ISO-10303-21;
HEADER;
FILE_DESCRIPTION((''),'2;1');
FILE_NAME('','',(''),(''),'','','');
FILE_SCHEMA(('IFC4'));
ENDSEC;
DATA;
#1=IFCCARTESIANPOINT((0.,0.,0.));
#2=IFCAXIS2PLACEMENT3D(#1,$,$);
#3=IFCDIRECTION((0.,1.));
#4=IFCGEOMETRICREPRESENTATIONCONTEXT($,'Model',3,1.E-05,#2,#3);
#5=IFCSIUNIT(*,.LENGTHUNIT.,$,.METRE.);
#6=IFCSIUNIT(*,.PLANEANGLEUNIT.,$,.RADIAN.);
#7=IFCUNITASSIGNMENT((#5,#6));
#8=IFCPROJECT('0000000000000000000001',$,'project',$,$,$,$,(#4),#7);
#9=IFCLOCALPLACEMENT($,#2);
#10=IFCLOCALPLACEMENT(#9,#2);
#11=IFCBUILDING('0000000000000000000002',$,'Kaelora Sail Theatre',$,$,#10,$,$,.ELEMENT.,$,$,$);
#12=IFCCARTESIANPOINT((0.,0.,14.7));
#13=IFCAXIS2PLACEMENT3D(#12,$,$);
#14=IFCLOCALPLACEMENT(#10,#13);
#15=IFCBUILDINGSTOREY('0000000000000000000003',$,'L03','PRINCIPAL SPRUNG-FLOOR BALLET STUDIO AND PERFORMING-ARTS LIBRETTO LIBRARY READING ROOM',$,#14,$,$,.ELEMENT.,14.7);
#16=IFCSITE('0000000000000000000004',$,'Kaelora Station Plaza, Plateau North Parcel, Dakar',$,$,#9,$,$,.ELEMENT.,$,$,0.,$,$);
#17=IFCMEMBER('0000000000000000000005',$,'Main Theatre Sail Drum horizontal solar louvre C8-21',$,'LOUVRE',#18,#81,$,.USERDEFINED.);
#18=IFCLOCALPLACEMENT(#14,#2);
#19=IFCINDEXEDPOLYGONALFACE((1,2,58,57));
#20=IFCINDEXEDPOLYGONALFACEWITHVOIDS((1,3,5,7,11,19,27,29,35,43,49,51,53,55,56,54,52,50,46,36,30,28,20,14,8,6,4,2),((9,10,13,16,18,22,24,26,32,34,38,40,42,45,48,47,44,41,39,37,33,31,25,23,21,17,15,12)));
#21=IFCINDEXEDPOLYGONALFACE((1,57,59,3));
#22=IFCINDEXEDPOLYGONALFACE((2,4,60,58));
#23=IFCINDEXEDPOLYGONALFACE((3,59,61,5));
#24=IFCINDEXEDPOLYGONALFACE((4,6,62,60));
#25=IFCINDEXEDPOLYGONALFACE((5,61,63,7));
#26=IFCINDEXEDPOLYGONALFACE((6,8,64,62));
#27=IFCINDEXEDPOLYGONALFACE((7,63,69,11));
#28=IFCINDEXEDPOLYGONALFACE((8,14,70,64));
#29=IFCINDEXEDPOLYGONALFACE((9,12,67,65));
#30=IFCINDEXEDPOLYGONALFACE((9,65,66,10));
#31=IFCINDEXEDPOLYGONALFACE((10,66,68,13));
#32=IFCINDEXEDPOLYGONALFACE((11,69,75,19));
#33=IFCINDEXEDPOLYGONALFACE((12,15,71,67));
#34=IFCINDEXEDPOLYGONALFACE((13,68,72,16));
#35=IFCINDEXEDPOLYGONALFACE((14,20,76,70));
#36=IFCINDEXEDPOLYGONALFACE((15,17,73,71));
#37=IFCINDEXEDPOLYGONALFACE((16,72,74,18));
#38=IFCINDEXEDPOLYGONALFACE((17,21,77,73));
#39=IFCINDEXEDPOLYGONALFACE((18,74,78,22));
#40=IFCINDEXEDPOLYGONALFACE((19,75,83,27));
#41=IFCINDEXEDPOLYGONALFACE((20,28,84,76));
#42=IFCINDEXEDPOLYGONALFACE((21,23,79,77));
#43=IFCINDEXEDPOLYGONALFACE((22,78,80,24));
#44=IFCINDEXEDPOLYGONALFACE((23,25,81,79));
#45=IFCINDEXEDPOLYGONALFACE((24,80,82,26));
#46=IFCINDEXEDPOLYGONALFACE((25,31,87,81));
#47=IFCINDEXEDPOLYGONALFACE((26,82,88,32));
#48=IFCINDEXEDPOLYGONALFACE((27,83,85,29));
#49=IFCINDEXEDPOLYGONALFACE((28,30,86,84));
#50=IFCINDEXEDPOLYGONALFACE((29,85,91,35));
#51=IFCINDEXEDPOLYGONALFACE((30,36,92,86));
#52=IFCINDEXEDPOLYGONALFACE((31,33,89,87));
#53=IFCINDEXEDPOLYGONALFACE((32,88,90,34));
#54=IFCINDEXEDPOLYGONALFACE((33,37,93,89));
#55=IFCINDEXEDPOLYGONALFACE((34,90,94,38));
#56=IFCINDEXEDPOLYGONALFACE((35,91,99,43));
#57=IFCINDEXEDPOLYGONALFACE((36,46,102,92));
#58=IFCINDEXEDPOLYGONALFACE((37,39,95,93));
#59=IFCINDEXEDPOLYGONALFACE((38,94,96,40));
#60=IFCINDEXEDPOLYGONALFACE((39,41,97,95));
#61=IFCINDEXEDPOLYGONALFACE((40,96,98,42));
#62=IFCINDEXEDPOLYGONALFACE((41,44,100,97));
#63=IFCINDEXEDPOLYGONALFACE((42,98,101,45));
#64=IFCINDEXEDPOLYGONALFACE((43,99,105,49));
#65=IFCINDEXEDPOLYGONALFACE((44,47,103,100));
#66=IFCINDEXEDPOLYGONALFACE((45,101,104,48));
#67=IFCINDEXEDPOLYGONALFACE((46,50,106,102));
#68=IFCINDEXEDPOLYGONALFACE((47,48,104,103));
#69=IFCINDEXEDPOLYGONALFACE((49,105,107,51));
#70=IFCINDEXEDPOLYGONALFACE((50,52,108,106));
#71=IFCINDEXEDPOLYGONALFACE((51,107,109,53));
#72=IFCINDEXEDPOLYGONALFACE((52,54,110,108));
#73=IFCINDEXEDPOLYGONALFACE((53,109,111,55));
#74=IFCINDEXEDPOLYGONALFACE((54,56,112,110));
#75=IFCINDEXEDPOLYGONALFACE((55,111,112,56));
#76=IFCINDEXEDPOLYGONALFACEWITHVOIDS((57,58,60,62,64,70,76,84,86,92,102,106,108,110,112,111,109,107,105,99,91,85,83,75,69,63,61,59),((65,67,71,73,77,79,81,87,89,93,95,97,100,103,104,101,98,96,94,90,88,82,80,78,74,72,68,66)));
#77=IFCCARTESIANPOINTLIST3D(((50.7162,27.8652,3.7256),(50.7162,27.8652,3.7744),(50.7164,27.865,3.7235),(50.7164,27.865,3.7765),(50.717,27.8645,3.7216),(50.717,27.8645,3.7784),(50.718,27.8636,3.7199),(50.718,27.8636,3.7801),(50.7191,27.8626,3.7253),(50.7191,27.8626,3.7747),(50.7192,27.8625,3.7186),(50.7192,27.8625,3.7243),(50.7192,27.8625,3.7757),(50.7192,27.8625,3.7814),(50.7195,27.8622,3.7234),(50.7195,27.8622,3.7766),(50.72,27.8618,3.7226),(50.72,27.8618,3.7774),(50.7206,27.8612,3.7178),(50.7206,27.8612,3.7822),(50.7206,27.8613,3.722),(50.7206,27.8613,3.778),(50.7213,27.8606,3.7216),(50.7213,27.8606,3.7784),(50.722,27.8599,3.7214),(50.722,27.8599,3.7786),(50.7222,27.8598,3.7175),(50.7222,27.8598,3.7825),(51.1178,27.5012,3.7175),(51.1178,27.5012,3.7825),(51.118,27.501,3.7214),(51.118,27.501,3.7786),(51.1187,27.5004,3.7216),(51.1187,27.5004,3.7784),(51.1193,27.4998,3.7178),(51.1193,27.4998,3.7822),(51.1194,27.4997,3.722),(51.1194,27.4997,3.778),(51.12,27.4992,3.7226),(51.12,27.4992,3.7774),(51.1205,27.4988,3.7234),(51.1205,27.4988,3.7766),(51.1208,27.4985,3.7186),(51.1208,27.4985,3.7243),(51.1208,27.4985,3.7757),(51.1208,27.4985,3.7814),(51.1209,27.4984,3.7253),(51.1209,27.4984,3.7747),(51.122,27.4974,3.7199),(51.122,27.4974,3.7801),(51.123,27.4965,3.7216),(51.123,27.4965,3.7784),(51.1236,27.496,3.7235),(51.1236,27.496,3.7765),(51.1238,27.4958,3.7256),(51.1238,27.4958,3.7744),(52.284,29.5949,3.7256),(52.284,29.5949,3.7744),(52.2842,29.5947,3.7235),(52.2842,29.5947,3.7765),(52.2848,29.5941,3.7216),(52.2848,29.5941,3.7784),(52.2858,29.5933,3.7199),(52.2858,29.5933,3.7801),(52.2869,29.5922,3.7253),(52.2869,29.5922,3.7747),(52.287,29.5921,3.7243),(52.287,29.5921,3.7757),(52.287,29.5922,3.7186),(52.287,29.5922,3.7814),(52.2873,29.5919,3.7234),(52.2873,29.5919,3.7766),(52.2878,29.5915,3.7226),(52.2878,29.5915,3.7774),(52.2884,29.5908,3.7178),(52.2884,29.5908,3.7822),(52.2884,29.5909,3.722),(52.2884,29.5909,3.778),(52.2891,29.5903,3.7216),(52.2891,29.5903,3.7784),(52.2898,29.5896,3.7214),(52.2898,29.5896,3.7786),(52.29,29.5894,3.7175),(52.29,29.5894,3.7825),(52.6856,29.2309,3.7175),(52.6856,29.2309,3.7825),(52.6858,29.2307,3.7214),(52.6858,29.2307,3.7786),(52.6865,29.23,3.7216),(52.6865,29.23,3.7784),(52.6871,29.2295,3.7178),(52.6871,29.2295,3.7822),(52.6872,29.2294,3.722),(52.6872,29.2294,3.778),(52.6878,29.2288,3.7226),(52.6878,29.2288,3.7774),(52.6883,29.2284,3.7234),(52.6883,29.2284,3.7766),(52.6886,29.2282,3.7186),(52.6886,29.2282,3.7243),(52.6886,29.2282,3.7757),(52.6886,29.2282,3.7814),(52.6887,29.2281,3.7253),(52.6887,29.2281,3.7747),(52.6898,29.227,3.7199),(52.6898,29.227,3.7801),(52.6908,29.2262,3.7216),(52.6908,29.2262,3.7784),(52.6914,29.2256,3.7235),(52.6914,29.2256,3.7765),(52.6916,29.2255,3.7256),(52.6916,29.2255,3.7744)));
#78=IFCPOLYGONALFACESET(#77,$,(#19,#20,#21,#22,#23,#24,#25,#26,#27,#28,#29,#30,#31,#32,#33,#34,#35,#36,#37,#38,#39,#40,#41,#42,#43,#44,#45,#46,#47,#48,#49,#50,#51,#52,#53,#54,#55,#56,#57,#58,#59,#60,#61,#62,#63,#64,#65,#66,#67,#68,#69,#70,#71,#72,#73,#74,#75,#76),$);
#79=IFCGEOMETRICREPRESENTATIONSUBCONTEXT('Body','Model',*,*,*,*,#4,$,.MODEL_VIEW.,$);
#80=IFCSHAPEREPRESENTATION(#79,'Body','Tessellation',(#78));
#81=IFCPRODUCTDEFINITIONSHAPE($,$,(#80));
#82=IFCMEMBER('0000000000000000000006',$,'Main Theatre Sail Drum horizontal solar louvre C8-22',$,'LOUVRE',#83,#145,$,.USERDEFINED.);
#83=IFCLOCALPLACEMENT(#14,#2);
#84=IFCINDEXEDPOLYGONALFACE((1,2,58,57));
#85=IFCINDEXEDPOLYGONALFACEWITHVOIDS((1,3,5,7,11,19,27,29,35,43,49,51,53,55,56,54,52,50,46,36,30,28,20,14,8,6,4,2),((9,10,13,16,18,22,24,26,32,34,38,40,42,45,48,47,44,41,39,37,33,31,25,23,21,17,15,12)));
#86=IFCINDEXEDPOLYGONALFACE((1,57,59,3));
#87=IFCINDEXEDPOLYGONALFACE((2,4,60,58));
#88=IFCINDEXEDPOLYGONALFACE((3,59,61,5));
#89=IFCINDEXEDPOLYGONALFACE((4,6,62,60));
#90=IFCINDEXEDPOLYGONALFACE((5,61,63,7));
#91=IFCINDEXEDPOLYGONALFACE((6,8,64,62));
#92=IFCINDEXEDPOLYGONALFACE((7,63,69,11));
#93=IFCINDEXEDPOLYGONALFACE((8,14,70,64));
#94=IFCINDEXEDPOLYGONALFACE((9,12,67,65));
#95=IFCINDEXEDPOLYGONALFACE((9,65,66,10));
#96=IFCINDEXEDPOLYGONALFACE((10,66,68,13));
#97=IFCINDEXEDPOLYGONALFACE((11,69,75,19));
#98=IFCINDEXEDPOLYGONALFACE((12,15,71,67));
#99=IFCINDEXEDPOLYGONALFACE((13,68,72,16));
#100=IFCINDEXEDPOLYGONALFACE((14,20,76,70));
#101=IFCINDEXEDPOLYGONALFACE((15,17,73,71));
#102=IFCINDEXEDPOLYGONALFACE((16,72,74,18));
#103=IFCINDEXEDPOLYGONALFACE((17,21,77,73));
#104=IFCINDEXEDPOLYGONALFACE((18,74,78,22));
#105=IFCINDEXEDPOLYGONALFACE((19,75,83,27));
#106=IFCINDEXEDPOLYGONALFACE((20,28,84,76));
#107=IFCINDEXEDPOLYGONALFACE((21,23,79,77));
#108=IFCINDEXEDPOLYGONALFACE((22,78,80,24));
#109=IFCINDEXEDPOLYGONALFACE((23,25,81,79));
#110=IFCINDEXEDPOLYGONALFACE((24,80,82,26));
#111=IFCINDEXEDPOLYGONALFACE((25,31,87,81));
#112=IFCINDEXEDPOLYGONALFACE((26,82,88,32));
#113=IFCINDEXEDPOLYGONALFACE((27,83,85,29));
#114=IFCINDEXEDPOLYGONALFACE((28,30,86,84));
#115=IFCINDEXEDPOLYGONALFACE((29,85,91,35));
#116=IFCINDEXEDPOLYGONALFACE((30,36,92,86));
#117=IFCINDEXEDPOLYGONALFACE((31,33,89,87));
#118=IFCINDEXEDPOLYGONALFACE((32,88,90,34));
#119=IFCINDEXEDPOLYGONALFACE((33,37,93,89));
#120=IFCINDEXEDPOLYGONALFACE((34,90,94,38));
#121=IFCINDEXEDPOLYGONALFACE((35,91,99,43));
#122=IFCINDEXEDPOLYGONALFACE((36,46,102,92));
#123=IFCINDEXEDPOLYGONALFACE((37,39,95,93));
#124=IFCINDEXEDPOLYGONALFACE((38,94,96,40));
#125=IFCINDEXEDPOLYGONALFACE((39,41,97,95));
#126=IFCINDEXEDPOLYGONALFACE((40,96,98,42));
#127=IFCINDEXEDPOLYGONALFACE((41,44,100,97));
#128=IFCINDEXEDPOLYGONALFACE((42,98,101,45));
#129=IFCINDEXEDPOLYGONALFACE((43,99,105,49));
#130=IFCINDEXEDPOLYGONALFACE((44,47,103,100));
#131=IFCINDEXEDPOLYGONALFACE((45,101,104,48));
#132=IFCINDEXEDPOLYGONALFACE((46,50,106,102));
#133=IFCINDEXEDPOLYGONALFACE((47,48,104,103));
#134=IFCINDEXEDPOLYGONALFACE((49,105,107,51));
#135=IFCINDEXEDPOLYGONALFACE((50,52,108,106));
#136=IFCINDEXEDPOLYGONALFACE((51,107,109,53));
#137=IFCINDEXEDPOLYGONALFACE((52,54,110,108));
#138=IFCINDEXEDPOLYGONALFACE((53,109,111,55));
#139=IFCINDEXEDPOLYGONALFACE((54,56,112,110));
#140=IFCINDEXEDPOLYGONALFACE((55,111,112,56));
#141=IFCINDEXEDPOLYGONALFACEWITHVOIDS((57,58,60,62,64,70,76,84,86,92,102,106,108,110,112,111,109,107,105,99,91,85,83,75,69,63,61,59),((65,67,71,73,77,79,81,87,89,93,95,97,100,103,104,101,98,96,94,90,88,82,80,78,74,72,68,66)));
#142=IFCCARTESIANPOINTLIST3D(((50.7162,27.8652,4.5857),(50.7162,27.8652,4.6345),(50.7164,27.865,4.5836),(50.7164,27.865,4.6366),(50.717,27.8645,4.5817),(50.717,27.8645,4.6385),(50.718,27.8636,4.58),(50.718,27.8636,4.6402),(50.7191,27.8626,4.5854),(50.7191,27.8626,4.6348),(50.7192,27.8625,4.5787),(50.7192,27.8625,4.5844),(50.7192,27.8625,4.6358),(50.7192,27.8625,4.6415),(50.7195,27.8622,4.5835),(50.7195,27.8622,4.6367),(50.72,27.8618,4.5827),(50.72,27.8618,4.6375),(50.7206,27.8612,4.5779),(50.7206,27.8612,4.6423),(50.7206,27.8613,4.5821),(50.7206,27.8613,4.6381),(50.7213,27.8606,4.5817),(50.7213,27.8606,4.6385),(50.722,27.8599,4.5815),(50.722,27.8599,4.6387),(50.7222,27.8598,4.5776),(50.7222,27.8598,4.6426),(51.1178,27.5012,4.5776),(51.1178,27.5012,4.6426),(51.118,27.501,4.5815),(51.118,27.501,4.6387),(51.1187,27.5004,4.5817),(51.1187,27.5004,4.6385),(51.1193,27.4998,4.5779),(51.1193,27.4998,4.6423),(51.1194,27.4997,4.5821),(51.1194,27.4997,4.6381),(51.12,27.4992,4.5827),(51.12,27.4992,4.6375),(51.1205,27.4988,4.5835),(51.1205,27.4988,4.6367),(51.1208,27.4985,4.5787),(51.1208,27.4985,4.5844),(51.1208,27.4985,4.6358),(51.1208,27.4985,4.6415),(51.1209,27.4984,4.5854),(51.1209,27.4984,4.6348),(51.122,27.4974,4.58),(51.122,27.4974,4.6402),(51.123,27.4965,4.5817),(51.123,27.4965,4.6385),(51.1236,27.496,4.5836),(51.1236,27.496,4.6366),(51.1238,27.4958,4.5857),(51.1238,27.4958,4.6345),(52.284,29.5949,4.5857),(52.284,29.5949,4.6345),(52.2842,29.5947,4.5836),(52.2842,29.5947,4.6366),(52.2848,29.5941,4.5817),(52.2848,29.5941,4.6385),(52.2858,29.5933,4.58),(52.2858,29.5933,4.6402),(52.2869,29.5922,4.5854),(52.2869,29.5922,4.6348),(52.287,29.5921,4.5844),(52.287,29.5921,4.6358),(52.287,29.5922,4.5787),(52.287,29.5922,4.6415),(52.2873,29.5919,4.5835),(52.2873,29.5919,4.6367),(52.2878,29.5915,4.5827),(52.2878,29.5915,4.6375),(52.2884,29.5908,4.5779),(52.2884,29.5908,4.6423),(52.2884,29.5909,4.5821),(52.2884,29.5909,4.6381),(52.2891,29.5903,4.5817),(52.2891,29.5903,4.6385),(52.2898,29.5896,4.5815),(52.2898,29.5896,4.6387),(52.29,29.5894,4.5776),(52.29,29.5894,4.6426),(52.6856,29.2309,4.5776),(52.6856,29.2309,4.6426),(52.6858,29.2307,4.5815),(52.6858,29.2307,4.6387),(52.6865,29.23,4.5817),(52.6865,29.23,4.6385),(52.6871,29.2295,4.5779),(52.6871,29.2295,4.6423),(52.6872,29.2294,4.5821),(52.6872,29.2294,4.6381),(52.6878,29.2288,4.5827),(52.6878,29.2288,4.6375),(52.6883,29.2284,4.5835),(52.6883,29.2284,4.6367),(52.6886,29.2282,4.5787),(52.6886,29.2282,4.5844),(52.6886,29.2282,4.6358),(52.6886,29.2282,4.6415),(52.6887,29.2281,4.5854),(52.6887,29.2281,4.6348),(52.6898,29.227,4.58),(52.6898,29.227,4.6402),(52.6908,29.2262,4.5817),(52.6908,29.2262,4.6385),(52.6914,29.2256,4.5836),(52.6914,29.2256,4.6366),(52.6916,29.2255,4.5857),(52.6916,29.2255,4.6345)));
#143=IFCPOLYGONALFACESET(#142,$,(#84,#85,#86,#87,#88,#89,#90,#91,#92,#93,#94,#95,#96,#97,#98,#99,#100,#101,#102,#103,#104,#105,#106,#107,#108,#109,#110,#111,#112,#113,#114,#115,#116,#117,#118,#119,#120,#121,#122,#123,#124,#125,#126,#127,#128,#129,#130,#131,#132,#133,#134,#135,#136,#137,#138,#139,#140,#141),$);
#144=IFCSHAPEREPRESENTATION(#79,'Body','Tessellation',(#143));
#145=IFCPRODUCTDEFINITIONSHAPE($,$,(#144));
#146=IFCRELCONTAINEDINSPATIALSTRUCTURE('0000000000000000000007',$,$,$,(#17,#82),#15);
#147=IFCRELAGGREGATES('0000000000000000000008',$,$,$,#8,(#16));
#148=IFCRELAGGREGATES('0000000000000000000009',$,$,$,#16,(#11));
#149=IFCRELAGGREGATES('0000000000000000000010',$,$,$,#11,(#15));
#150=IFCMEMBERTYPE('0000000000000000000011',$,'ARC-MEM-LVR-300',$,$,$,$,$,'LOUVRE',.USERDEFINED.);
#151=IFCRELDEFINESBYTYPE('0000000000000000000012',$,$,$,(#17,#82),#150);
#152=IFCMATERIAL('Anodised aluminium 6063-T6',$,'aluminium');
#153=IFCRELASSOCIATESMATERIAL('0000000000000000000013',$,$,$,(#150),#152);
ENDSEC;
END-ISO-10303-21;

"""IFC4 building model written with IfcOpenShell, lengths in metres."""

from ifc_helpers import new_model, si_unit, direction, frame, origin, origin_2d, place, context, subcontext, project, spatial, hollow_rectangle, extrude, material, material_profile, profile_set, type_object, element, save


model = new_model("IFC4")

# Units and contexts
model_context = context("Model", 3, precision=1e-05, world=origin(), true_north=direction((0.0, 1.0)))
body_context = subcontext(model_context, "Body", "Model", "MODEL_VIEW")
ifc_project = project(units=[si_unit("LENGTHUNIT", "METRE"), si_unit("PLANEANGLEUNIT", "RADIAN")], contexts=[model_context])

# Site, building, storey
site_placement = place(None, origin())
site = spatial("IfcSite", under=ifc_project, at=site_placement, Name="Kaelora Station Plaza, Plateau North Parcel, Dakar", CompositionType="ELEMENT", RefElevation=0.0)
building_placement = place(site_placement, origin())
building = spatial("IfcBuilding", under=site, at=building_placement, Name="Kaelora Sail Theatre", CompositionType="ELEMENT")
storey_placement = place(building_placement, frame((0.0, 0.0, 14.7)))
storey = spatial("IfcBuildingStorey", under=building, at=storey_placement, Name="L03", Description="PRINCIPAL SPRUNG-FLOOR BALLET STUDIO AND PERFORMING-ARTS LIBRETTO LIBRARY READING ROOM", CompositionType="ELEMENT", Elevation=14.7)

# Members
ifc_material_1 = material(Name="Anodised aluminium 6063-T6", Category="aluminium")
ifc_material_profile_1 = material_profile(ifc_material_1, hollow_rectangle(XDim=0.55, YDim=0.0649, WallThickness=0.0039, InnerFilletRadius=0.0039, OuterFilletRadius=0.0081, at=origin_2d()), Name="LOUVRE 550x65x4")
ifc_profile_set_1 = profile_set([ifc_material_profile_1], Name="Anodised aluminium 6063-T6")
member_type = type_object("IfcMemberType", Name="ARC-MEM-LVR-300", ElementType="LOUVRE", PredefinedType="USERDEFINED", material=ifc_profile_set_1)
for number, where, z_axis, x_axis, name in (
    (1, (52.4878, 29.4102, 3.75), (-0.671589, -0.740924, 0.0), (0.740924, -0.671589, 0.0), "Main Theatre Sail Drum horizontal solar louvre C8-21"),
    (2, (52.4878, 29.4102, 4.6101), (-0.671589, -0.740924, 0.0), (0.740924, -0.671589, 0.0), "Main Theatre Sail Drum horizontal solar louvre C8-22"),
):
    element("IfcMember", number, at=place(storey_placement, frame(where, z_axis=z_axis, x_axis=x_axis)), inside=storey, type_object=member_type, Name=name, ObjectType="LOUVRE", PredefinedType="USERDEFINED", context=body_context, shape_type="SweptSolid", body=[
        extrude(hollow_rectangle(XDim=0.55, YDim=0.0649, WallThickness=0.0039, InnerFilletRadius=0.0039, OuterFilletRadius=0.0081, at=origin_2d()), origin(), (0.0, 0.0, 1.0), 2.3345),
    ])

save(model, "model.ifc")
